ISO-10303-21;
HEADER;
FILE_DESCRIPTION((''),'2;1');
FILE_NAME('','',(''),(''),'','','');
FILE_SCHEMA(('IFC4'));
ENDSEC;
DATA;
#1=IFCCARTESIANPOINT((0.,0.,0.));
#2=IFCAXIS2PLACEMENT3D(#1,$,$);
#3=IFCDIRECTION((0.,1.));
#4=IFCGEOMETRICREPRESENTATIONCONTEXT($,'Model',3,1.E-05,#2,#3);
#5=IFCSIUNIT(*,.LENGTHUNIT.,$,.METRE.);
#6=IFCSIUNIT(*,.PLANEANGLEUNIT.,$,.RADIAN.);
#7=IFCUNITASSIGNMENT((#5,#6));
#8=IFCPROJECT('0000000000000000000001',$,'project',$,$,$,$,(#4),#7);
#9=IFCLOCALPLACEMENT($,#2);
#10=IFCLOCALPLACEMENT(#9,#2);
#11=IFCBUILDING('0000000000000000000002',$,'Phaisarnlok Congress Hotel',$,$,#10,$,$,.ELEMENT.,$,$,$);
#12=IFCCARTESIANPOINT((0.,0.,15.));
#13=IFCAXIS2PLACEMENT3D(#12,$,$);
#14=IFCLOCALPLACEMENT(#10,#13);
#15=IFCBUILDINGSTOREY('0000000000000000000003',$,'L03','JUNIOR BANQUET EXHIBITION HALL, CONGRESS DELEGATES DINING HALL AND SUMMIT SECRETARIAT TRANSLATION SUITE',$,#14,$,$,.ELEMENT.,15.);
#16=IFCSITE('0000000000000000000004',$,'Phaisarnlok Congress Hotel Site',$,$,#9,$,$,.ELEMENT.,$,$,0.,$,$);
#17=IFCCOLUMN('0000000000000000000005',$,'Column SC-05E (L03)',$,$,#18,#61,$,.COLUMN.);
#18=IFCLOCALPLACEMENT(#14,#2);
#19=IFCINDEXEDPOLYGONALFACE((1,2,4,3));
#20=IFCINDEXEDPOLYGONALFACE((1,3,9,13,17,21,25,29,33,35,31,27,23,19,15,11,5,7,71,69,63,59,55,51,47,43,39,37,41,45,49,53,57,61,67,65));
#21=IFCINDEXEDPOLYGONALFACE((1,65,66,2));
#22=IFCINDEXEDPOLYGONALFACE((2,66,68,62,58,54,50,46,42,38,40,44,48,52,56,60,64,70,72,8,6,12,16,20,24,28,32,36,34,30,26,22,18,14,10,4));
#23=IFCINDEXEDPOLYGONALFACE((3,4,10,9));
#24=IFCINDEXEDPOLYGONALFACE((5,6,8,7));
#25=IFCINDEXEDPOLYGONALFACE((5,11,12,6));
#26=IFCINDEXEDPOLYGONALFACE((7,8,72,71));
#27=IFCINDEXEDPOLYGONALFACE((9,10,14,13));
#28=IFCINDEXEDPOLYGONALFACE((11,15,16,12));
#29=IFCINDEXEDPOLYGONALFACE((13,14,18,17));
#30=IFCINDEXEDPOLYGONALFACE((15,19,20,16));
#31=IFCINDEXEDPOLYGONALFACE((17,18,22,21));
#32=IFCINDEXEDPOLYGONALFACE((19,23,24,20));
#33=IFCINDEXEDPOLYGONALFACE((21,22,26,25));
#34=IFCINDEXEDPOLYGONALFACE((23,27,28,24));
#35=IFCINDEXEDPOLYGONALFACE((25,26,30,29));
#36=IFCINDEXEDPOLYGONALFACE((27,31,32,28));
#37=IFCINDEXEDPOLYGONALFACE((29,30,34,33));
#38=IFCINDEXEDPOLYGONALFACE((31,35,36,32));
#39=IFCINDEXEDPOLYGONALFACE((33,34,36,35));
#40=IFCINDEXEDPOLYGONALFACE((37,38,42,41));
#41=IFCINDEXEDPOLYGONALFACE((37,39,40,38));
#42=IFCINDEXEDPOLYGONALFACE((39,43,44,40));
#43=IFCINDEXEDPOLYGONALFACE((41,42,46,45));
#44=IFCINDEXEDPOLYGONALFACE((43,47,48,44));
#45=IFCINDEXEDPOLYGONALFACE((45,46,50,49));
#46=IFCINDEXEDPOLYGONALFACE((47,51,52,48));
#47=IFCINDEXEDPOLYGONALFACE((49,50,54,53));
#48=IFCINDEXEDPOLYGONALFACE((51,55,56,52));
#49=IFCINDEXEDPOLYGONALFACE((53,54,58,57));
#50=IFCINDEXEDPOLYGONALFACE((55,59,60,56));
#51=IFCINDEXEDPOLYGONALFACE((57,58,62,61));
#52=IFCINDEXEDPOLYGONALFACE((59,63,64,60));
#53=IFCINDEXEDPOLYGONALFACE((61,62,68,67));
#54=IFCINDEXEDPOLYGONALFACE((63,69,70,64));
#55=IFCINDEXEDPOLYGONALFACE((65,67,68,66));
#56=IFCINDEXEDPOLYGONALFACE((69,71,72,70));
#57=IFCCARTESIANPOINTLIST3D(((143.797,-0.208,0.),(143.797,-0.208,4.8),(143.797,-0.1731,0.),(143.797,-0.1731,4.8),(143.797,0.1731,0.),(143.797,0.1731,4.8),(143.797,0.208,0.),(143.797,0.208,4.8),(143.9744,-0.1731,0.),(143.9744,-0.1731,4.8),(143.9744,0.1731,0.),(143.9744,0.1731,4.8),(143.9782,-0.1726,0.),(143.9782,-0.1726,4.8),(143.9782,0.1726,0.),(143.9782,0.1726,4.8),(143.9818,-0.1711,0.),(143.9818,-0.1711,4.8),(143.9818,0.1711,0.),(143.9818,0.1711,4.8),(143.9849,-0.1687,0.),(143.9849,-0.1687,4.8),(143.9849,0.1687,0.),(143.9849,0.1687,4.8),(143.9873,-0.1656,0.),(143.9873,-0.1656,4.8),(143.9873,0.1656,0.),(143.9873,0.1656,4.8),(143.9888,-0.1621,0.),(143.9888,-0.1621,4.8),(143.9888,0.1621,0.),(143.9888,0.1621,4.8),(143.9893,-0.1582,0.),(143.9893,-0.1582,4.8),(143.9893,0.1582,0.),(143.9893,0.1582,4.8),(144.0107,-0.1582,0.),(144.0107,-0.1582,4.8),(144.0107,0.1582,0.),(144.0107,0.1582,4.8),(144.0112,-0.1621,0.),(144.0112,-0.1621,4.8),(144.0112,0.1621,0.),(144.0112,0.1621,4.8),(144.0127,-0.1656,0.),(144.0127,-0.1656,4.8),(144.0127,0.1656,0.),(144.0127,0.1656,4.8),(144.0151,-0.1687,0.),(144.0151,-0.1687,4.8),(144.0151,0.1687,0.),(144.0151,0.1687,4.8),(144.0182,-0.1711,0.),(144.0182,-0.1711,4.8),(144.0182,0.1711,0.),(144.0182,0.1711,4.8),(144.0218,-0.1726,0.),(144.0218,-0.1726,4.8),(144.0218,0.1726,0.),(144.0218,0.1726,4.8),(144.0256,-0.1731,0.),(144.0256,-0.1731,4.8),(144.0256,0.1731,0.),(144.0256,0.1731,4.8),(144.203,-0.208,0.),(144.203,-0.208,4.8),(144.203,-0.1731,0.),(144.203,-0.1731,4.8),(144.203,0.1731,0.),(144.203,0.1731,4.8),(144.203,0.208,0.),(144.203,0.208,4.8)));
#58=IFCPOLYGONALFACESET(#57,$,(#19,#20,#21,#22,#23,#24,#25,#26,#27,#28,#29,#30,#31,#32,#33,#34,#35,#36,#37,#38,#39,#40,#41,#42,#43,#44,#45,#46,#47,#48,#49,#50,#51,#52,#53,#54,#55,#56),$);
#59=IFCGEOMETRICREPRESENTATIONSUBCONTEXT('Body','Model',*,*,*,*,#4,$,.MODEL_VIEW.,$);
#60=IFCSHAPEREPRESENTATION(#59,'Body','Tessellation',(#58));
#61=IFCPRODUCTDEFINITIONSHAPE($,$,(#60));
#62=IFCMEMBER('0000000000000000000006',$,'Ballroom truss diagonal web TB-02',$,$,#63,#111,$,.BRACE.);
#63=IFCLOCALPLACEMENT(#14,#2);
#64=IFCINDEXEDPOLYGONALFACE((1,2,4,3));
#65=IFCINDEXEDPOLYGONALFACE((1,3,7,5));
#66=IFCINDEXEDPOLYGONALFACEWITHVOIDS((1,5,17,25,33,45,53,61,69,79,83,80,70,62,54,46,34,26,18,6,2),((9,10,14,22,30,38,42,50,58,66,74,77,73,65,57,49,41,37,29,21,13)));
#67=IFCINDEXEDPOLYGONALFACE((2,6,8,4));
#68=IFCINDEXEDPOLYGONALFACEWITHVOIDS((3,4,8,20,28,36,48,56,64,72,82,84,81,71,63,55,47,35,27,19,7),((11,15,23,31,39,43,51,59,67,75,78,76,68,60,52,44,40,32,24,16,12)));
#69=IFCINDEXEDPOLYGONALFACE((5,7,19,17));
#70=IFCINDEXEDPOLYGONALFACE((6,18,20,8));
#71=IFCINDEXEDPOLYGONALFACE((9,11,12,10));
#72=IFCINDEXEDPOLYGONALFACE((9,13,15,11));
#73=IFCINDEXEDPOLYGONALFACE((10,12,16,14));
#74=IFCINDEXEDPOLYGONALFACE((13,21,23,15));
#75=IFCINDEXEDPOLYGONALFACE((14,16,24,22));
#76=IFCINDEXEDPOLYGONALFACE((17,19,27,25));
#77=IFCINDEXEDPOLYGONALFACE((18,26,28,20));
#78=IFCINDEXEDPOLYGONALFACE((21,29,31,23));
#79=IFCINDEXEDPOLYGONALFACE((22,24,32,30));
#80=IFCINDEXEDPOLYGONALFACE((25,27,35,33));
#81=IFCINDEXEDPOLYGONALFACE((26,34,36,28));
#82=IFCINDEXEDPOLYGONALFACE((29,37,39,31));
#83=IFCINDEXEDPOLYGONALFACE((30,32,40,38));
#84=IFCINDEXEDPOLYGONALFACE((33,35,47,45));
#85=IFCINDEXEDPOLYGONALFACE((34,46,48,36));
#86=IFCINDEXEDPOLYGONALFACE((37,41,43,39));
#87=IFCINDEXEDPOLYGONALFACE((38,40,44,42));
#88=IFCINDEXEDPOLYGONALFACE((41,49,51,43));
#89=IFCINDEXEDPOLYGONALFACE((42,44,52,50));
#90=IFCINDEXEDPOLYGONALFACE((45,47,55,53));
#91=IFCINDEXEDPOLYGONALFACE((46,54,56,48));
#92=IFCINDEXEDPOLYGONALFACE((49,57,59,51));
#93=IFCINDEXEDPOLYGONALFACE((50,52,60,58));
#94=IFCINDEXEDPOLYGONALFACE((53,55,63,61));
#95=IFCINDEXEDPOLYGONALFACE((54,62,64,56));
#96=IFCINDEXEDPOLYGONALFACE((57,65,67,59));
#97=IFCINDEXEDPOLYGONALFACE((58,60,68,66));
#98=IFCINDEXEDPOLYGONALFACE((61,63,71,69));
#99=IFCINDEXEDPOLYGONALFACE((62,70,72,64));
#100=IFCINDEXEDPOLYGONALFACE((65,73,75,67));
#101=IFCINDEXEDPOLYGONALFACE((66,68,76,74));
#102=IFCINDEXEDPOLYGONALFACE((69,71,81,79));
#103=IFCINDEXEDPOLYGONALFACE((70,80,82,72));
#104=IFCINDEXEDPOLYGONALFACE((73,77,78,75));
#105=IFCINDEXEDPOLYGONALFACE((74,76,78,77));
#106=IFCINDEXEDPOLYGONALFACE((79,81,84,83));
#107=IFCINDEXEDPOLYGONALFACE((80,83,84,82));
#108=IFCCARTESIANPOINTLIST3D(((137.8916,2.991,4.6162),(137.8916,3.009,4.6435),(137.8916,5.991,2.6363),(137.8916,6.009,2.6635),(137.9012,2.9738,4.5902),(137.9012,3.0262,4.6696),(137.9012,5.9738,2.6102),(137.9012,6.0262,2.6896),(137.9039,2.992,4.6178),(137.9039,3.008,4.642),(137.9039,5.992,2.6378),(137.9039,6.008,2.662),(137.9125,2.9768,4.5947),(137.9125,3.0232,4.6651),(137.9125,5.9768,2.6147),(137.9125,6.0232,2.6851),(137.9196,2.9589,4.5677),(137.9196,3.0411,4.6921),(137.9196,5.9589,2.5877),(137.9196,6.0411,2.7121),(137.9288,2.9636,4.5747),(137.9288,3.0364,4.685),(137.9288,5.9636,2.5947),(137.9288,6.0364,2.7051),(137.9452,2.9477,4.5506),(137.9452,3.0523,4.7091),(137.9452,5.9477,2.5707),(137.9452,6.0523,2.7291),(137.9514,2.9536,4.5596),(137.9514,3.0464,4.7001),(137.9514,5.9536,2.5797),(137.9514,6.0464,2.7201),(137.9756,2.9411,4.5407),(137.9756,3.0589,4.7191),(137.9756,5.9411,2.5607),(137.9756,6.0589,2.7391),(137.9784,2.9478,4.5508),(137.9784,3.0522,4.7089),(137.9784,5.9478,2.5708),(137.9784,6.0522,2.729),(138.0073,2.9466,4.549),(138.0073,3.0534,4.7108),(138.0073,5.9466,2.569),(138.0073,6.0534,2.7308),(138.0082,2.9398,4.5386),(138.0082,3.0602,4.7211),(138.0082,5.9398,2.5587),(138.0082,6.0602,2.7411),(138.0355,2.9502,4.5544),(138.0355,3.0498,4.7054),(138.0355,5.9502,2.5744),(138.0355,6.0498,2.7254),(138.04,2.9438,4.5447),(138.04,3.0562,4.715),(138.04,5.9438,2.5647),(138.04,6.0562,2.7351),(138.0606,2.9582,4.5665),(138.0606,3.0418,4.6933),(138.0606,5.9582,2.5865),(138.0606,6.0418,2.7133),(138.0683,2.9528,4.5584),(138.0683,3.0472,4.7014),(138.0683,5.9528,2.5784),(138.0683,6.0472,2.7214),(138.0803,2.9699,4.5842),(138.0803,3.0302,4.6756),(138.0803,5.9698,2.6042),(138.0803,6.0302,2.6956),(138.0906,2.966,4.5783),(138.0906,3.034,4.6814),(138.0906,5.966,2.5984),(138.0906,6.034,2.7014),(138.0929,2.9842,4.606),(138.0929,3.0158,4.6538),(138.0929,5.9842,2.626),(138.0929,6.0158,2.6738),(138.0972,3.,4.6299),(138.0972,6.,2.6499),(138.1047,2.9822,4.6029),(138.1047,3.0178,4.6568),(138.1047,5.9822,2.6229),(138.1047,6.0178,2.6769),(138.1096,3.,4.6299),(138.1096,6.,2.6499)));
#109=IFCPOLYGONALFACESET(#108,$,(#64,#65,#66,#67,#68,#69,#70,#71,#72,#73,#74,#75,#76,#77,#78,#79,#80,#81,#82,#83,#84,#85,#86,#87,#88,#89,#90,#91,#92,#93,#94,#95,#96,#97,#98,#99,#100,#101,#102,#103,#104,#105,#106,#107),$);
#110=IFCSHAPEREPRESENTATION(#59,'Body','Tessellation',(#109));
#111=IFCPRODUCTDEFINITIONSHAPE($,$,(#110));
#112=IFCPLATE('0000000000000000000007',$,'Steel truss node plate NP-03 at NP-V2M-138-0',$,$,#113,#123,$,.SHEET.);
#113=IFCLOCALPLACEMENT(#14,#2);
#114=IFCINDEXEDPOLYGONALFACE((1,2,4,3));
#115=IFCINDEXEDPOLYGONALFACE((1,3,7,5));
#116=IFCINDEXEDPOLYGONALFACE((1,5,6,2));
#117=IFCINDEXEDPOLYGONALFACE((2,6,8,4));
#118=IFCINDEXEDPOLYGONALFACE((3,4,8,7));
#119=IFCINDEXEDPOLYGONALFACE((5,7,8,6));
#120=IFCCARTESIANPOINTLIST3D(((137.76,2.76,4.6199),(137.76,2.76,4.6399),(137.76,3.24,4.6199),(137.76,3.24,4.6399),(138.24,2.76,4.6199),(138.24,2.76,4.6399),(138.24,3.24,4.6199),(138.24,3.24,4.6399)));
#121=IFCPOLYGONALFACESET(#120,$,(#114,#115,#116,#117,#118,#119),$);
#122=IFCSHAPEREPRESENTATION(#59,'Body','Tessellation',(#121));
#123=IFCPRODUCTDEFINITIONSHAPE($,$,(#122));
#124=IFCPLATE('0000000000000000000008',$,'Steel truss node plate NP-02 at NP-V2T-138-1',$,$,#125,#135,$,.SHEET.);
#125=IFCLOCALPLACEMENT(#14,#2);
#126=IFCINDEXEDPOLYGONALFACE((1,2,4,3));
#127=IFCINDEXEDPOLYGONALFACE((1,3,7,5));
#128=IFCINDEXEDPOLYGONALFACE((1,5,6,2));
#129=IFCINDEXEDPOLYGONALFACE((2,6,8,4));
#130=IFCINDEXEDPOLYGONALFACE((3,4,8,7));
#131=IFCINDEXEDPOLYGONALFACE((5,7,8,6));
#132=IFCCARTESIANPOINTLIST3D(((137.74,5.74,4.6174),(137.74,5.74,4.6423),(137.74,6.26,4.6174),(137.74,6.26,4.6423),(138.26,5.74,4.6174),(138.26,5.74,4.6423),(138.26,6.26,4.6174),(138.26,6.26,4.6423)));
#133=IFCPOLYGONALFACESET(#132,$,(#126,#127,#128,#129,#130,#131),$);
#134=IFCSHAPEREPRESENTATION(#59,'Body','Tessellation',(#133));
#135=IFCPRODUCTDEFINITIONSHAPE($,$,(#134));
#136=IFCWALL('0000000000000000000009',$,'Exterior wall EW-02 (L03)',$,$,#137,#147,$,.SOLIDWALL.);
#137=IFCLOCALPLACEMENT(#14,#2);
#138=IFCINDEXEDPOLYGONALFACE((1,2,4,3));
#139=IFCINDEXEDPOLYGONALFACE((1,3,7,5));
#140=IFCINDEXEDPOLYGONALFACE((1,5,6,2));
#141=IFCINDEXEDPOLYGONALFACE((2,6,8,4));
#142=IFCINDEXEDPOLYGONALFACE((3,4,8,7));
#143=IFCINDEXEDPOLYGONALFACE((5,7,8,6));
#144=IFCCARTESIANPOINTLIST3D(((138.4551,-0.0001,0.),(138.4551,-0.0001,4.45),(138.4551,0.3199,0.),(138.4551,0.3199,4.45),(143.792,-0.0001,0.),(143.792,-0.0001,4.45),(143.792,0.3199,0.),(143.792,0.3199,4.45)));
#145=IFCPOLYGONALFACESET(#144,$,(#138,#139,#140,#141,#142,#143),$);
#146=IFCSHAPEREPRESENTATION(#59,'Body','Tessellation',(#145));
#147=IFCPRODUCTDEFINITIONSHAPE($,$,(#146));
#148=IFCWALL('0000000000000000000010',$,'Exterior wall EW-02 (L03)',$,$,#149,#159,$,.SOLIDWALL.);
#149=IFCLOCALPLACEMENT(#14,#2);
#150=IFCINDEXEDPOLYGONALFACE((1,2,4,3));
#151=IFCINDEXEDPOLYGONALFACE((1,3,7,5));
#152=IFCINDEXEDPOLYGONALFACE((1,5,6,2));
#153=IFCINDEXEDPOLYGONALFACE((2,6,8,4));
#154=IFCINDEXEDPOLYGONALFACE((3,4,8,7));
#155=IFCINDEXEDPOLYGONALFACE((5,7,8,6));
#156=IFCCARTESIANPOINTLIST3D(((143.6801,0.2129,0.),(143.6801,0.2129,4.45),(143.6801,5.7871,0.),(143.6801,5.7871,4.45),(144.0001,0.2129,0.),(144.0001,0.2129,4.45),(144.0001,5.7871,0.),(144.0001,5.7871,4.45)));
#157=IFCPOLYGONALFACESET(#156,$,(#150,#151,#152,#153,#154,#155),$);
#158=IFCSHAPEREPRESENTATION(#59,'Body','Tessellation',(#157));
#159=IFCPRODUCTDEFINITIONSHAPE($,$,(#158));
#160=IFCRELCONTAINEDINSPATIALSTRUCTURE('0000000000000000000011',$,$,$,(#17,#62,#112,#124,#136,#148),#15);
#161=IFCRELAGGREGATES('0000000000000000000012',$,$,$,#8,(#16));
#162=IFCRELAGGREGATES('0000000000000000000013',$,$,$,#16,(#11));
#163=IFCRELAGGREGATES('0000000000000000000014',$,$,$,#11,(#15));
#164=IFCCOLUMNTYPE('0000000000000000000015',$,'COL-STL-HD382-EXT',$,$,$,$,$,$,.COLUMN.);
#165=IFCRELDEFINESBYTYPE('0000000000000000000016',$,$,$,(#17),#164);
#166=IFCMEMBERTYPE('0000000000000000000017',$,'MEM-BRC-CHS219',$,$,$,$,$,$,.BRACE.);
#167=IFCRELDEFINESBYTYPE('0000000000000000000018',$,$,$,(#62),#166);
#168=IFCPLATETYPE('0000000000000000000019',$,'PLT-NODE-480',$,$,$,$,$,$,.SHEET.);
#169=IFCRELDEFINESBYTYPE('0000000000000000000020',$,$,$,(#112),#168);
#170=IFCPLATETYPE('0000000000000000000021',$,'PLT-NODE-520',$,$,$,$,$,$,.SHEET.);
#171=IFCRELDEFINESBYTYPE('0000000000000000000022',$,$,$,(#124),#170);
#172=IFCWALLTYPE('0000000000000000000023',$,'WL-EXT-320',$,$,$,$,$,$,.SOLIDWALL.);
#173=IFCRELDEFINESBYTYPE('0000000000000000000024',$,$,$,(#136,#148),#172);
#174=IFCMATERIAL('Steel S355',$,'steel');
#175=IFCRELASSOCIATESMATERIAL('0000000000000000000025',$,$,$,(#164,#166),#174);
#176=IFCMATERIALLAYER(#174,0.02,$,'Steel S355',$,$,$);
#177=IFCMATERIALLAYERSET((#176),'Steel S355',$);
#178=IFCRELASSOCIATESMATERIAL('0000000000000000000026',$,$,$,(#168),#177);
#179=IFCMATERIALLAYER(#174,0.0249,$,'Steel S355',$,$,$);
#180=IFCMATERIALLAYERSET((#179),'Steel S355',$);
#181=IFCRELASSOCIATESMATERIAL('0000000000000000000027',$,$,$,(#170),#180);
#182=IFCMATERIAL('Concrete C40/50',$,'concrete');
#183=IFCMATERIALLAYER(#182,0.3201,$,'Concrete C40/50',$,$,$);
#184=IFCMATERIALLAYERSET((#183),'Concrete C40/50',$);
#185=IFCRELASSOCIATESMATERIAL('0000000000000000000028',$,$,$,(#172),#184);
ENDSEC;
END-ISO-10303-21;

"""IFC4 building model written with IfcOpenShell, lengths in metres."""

from ifc_helpers import new_model, si_unit, direction, frame, frame_2d, origin, origin_2d, place, context, subcontext, project, spatial, rectangle, hollow_circle, i_section, extrude, material, layer, layer_set, material_profile, profile_set, type_object, element, save


model = new_model("IFC4")

# Units and contexts
model_context = context("Model", 3, precision=1e-05, world=origin(), true_north=direction((0.0, 1.0)))
body_context = subcontext(model_context, "Body", "Model", "MODEL_VIEW")
ifc_project = project(units=[si_unit("LENGTHUNIT", "METRE"), si_unit("PLANEANGLEUNIT", "RADIAN")], contexts=[model_context])

# Site, building, storey
site_placement = place(None, origin())
site = spatial("IfcSite", under=ifc_project, at=site_placement, Name="Phaisarnlok Congress Hotel Site", CompositionType="ELEMENT", RefElevation=0.0)
building_placement = place(site_placement, origin())
building = spatial("IfcBuilding", under=site, at=building_placement, Name="Phaisarnlok Congress Hotel", CompositionType="ELEMENT")
storey_placement = place(building_placement, frame((0.0, 0.0, 15.0)))
storey = spatial("IfcBuildingStorey", under=building, at=storey_placement, Name="L03", Description="JUNIOR BANQUET EXHIBITION HALL, CONGRESS DELEGATES DINING HALL AND SUMMIT SECRETARIAT TRANSLATION SUITE", CompositionType="ELEMENT", Elevation=15.0)

# Column
ifc_material_1 = material(Name="Steel S355", Category="steel")
ifc_material_profile_1 = material_profile(ifc_material_1, i_section(OverallWidth=0.406, OverallDepth=0.416, WebThickness=0.0215, FlangeThickness=0.0349, FilletRadius=0.0149, at=origin_2d()), Name="HD 400x382")
ifc_profile_set_1 = profile_set([ifc_material_profile_1], Name="Steel S355")
column_type = type_object("IfcColumnType", Name="COL-STL-HD382-EXT", PredefinedType="COLUMN", material=ifc_profile_set_1)
column_placement = place(storey_placement, frame((144.0, 0.0, 0.0), z_axis=(0.0, 0.0, 1.0), x_axis=(1.0, 0.0, 0.0)))
element("IfcColumn", 1, at=column_placement, inside=storey, type_object=column_type, Name="Column SC-05E (L03)", PredefinedType="COLUMN", context=body_context, shape_type="SweptSolid", body=[
    extrude(i_section(OverallWidth=0.406, OverallDepth=0.416, WebThickness=0.0215, FlangeThickness=0.0349, FilletRadius=0.0149, at=origin_2d()), origin(), (0.0, 0.0, 1.0), 4.8),
])

# Member
ifc_material_profile_2 = material_profile(ifc_material_1, hollow_circle(Radius=0.1096, WallThickness=0.0125, at=origin_2d()), Name="CHS 219.1x12.5")
ifc_profile_set_2 = profile_set([ifc_material_profile_2], Name="Steel S355")
member_type = type_object("IfcMemberType", Name="MEM-BRC-CHS219", PredefinedType="BRACE", material=ifc_profile_set_2)
member_placement = place(storey_placement, frame((138.0, 6.0, 2.6499), z_axis=(0.0, -0.834612, 0.550838), x_axis=(1.0, 0.0, 0.0)))
element("IfcMember", 2, at=member_placement, inside=storey, type_object=member_type, Name="Ballroom truss diagonal web TB-02", PredefinedType="BRACE", context=body_context, shape_type="SweptSolid", body=[
    extrude(hollow_circle(Radius=0.1096, WallThickness=0.0125, at=origin_2d()), origin(), (0.0, 0.0, 1.0), 3.5945),
])

# Plates
ifc_layer_1 = layer(ifc_material_1, 0.02, Name="Steel S355")
ifc_layer_set_1 = layer_set([ifc_layer_1], Name="Steel S355")
plate_type_1 = type_object("IfcPlateType", Name="PLT-NODE-480", PredefinedType="SHEET", material=ifc_layer_set_1)
plate_1_placement = place(storey_placement, frame((138.0, 3.0, 4.6199), z_axis=(0.0, 0.0, 1.0), x_axis=(1.0, 0.0, 0.0)))
element("IfcPlate", 3, at=plate_1_placement, inside=storey, type_object=plate_type_1, Name="Steel truss node plate NP-03 at NP-V2M-138-0", PredefinedType="SHEET", context=body_context, shape_type="SweptSolid", body=[
    extrude(rectangle(XDim=0.48, YDim=0.48, at=origin_2d()), origin(), (0.0, 0.0, 1.0), 0.02),
])
ifc_layer_2 = layer(ifc_material_1, 0.0249, Name="Steel S355")
ifc_layer_set_2 = layer_set([ifc_layer_2], Name="Steel S355")
plate_type_2 = type_object("IfcPlateType", Name="PLT-NODE-520", PredefinedType="SHEET", material=ifc_layer_set_2)
plate_2_placement = place(storey_placement, frame((138.0, 6.0, 4.6174), z_axis=(0.0, 0.0, 1.0), x_axis=(1.0, 0.0, 0.0)))
element("IfcPlate", 4, at=plate_2_placement, inside=storey, type_object=plate_type_2, Name="Steel truss node plate NP-02 at NP-V2T-138-1", PredefinedType="SHEET", context=body_context, shape_type="SweptSolid", body=[
    extrude(rectangle(XDim=0.52, YDim=0.52, at=origin_2d()), origin(), (0.0, 0.0, 1.0), 0.0249),
])

# Walls
ifc_material_2 = material(Name="Concrete C40/50", Category="concrete")
ifc_layer_3 = layer(ifc_material_2, 0.3201, Name="Concrete C40/50")
ifc_layer_set_3 = layer_set([ifc_layer_3], Name="Concrete C40/50")
wall_type = type_object("IfcWallType", Name="WL-EXT-320", PredefinedType="SOLIDWALL", material=ifc_layer_set_3)
wall_1_placement = place(storey_placement, frame((138.4551, 0.1599, 0.0), z_axis=(0.0, 0.0, 1.0), x_axis=(1.0, 0.0, 0.0)))
element("IfcWall", 5, at=wall_1_placement, inside=storey, type_object=wall_type, Name="Exterior wall EW-02 (L03)", PredefinedType="SOLIDWALL", context=body_context, shape_type="SweptSolid", body=[
    extrude(rectangle(XDim=5.3369, YDim=0.3201, at=frame_2d((2.6685, 0.0))), origin(), (0.0, 0.0, 1.0), 4.45),
])
wall_2_placement = place(storey_placement, frame((143.8401, 0.2129, 0.0), z_axis=(0.0, 0.0, 1.0), x_axis=(0.0, 1.0, 0.0)))
element("IfcWall", 6, at=wall_2_placement, inside=storey, type_object=wall_type, Name="Exterior wall EW-02 (L03)", PredefinedType="SOLIDWALL", context=body_context, shape_type="SweptSolid", body=[
    extrude(rectangle(XDim=5.5742, YDim=0.3201, at=frame_2d((2.7871, 0.0))), origin(), (0.0, 0.0, 1.0), 4.45),
])

save(model, "model.ifc")
